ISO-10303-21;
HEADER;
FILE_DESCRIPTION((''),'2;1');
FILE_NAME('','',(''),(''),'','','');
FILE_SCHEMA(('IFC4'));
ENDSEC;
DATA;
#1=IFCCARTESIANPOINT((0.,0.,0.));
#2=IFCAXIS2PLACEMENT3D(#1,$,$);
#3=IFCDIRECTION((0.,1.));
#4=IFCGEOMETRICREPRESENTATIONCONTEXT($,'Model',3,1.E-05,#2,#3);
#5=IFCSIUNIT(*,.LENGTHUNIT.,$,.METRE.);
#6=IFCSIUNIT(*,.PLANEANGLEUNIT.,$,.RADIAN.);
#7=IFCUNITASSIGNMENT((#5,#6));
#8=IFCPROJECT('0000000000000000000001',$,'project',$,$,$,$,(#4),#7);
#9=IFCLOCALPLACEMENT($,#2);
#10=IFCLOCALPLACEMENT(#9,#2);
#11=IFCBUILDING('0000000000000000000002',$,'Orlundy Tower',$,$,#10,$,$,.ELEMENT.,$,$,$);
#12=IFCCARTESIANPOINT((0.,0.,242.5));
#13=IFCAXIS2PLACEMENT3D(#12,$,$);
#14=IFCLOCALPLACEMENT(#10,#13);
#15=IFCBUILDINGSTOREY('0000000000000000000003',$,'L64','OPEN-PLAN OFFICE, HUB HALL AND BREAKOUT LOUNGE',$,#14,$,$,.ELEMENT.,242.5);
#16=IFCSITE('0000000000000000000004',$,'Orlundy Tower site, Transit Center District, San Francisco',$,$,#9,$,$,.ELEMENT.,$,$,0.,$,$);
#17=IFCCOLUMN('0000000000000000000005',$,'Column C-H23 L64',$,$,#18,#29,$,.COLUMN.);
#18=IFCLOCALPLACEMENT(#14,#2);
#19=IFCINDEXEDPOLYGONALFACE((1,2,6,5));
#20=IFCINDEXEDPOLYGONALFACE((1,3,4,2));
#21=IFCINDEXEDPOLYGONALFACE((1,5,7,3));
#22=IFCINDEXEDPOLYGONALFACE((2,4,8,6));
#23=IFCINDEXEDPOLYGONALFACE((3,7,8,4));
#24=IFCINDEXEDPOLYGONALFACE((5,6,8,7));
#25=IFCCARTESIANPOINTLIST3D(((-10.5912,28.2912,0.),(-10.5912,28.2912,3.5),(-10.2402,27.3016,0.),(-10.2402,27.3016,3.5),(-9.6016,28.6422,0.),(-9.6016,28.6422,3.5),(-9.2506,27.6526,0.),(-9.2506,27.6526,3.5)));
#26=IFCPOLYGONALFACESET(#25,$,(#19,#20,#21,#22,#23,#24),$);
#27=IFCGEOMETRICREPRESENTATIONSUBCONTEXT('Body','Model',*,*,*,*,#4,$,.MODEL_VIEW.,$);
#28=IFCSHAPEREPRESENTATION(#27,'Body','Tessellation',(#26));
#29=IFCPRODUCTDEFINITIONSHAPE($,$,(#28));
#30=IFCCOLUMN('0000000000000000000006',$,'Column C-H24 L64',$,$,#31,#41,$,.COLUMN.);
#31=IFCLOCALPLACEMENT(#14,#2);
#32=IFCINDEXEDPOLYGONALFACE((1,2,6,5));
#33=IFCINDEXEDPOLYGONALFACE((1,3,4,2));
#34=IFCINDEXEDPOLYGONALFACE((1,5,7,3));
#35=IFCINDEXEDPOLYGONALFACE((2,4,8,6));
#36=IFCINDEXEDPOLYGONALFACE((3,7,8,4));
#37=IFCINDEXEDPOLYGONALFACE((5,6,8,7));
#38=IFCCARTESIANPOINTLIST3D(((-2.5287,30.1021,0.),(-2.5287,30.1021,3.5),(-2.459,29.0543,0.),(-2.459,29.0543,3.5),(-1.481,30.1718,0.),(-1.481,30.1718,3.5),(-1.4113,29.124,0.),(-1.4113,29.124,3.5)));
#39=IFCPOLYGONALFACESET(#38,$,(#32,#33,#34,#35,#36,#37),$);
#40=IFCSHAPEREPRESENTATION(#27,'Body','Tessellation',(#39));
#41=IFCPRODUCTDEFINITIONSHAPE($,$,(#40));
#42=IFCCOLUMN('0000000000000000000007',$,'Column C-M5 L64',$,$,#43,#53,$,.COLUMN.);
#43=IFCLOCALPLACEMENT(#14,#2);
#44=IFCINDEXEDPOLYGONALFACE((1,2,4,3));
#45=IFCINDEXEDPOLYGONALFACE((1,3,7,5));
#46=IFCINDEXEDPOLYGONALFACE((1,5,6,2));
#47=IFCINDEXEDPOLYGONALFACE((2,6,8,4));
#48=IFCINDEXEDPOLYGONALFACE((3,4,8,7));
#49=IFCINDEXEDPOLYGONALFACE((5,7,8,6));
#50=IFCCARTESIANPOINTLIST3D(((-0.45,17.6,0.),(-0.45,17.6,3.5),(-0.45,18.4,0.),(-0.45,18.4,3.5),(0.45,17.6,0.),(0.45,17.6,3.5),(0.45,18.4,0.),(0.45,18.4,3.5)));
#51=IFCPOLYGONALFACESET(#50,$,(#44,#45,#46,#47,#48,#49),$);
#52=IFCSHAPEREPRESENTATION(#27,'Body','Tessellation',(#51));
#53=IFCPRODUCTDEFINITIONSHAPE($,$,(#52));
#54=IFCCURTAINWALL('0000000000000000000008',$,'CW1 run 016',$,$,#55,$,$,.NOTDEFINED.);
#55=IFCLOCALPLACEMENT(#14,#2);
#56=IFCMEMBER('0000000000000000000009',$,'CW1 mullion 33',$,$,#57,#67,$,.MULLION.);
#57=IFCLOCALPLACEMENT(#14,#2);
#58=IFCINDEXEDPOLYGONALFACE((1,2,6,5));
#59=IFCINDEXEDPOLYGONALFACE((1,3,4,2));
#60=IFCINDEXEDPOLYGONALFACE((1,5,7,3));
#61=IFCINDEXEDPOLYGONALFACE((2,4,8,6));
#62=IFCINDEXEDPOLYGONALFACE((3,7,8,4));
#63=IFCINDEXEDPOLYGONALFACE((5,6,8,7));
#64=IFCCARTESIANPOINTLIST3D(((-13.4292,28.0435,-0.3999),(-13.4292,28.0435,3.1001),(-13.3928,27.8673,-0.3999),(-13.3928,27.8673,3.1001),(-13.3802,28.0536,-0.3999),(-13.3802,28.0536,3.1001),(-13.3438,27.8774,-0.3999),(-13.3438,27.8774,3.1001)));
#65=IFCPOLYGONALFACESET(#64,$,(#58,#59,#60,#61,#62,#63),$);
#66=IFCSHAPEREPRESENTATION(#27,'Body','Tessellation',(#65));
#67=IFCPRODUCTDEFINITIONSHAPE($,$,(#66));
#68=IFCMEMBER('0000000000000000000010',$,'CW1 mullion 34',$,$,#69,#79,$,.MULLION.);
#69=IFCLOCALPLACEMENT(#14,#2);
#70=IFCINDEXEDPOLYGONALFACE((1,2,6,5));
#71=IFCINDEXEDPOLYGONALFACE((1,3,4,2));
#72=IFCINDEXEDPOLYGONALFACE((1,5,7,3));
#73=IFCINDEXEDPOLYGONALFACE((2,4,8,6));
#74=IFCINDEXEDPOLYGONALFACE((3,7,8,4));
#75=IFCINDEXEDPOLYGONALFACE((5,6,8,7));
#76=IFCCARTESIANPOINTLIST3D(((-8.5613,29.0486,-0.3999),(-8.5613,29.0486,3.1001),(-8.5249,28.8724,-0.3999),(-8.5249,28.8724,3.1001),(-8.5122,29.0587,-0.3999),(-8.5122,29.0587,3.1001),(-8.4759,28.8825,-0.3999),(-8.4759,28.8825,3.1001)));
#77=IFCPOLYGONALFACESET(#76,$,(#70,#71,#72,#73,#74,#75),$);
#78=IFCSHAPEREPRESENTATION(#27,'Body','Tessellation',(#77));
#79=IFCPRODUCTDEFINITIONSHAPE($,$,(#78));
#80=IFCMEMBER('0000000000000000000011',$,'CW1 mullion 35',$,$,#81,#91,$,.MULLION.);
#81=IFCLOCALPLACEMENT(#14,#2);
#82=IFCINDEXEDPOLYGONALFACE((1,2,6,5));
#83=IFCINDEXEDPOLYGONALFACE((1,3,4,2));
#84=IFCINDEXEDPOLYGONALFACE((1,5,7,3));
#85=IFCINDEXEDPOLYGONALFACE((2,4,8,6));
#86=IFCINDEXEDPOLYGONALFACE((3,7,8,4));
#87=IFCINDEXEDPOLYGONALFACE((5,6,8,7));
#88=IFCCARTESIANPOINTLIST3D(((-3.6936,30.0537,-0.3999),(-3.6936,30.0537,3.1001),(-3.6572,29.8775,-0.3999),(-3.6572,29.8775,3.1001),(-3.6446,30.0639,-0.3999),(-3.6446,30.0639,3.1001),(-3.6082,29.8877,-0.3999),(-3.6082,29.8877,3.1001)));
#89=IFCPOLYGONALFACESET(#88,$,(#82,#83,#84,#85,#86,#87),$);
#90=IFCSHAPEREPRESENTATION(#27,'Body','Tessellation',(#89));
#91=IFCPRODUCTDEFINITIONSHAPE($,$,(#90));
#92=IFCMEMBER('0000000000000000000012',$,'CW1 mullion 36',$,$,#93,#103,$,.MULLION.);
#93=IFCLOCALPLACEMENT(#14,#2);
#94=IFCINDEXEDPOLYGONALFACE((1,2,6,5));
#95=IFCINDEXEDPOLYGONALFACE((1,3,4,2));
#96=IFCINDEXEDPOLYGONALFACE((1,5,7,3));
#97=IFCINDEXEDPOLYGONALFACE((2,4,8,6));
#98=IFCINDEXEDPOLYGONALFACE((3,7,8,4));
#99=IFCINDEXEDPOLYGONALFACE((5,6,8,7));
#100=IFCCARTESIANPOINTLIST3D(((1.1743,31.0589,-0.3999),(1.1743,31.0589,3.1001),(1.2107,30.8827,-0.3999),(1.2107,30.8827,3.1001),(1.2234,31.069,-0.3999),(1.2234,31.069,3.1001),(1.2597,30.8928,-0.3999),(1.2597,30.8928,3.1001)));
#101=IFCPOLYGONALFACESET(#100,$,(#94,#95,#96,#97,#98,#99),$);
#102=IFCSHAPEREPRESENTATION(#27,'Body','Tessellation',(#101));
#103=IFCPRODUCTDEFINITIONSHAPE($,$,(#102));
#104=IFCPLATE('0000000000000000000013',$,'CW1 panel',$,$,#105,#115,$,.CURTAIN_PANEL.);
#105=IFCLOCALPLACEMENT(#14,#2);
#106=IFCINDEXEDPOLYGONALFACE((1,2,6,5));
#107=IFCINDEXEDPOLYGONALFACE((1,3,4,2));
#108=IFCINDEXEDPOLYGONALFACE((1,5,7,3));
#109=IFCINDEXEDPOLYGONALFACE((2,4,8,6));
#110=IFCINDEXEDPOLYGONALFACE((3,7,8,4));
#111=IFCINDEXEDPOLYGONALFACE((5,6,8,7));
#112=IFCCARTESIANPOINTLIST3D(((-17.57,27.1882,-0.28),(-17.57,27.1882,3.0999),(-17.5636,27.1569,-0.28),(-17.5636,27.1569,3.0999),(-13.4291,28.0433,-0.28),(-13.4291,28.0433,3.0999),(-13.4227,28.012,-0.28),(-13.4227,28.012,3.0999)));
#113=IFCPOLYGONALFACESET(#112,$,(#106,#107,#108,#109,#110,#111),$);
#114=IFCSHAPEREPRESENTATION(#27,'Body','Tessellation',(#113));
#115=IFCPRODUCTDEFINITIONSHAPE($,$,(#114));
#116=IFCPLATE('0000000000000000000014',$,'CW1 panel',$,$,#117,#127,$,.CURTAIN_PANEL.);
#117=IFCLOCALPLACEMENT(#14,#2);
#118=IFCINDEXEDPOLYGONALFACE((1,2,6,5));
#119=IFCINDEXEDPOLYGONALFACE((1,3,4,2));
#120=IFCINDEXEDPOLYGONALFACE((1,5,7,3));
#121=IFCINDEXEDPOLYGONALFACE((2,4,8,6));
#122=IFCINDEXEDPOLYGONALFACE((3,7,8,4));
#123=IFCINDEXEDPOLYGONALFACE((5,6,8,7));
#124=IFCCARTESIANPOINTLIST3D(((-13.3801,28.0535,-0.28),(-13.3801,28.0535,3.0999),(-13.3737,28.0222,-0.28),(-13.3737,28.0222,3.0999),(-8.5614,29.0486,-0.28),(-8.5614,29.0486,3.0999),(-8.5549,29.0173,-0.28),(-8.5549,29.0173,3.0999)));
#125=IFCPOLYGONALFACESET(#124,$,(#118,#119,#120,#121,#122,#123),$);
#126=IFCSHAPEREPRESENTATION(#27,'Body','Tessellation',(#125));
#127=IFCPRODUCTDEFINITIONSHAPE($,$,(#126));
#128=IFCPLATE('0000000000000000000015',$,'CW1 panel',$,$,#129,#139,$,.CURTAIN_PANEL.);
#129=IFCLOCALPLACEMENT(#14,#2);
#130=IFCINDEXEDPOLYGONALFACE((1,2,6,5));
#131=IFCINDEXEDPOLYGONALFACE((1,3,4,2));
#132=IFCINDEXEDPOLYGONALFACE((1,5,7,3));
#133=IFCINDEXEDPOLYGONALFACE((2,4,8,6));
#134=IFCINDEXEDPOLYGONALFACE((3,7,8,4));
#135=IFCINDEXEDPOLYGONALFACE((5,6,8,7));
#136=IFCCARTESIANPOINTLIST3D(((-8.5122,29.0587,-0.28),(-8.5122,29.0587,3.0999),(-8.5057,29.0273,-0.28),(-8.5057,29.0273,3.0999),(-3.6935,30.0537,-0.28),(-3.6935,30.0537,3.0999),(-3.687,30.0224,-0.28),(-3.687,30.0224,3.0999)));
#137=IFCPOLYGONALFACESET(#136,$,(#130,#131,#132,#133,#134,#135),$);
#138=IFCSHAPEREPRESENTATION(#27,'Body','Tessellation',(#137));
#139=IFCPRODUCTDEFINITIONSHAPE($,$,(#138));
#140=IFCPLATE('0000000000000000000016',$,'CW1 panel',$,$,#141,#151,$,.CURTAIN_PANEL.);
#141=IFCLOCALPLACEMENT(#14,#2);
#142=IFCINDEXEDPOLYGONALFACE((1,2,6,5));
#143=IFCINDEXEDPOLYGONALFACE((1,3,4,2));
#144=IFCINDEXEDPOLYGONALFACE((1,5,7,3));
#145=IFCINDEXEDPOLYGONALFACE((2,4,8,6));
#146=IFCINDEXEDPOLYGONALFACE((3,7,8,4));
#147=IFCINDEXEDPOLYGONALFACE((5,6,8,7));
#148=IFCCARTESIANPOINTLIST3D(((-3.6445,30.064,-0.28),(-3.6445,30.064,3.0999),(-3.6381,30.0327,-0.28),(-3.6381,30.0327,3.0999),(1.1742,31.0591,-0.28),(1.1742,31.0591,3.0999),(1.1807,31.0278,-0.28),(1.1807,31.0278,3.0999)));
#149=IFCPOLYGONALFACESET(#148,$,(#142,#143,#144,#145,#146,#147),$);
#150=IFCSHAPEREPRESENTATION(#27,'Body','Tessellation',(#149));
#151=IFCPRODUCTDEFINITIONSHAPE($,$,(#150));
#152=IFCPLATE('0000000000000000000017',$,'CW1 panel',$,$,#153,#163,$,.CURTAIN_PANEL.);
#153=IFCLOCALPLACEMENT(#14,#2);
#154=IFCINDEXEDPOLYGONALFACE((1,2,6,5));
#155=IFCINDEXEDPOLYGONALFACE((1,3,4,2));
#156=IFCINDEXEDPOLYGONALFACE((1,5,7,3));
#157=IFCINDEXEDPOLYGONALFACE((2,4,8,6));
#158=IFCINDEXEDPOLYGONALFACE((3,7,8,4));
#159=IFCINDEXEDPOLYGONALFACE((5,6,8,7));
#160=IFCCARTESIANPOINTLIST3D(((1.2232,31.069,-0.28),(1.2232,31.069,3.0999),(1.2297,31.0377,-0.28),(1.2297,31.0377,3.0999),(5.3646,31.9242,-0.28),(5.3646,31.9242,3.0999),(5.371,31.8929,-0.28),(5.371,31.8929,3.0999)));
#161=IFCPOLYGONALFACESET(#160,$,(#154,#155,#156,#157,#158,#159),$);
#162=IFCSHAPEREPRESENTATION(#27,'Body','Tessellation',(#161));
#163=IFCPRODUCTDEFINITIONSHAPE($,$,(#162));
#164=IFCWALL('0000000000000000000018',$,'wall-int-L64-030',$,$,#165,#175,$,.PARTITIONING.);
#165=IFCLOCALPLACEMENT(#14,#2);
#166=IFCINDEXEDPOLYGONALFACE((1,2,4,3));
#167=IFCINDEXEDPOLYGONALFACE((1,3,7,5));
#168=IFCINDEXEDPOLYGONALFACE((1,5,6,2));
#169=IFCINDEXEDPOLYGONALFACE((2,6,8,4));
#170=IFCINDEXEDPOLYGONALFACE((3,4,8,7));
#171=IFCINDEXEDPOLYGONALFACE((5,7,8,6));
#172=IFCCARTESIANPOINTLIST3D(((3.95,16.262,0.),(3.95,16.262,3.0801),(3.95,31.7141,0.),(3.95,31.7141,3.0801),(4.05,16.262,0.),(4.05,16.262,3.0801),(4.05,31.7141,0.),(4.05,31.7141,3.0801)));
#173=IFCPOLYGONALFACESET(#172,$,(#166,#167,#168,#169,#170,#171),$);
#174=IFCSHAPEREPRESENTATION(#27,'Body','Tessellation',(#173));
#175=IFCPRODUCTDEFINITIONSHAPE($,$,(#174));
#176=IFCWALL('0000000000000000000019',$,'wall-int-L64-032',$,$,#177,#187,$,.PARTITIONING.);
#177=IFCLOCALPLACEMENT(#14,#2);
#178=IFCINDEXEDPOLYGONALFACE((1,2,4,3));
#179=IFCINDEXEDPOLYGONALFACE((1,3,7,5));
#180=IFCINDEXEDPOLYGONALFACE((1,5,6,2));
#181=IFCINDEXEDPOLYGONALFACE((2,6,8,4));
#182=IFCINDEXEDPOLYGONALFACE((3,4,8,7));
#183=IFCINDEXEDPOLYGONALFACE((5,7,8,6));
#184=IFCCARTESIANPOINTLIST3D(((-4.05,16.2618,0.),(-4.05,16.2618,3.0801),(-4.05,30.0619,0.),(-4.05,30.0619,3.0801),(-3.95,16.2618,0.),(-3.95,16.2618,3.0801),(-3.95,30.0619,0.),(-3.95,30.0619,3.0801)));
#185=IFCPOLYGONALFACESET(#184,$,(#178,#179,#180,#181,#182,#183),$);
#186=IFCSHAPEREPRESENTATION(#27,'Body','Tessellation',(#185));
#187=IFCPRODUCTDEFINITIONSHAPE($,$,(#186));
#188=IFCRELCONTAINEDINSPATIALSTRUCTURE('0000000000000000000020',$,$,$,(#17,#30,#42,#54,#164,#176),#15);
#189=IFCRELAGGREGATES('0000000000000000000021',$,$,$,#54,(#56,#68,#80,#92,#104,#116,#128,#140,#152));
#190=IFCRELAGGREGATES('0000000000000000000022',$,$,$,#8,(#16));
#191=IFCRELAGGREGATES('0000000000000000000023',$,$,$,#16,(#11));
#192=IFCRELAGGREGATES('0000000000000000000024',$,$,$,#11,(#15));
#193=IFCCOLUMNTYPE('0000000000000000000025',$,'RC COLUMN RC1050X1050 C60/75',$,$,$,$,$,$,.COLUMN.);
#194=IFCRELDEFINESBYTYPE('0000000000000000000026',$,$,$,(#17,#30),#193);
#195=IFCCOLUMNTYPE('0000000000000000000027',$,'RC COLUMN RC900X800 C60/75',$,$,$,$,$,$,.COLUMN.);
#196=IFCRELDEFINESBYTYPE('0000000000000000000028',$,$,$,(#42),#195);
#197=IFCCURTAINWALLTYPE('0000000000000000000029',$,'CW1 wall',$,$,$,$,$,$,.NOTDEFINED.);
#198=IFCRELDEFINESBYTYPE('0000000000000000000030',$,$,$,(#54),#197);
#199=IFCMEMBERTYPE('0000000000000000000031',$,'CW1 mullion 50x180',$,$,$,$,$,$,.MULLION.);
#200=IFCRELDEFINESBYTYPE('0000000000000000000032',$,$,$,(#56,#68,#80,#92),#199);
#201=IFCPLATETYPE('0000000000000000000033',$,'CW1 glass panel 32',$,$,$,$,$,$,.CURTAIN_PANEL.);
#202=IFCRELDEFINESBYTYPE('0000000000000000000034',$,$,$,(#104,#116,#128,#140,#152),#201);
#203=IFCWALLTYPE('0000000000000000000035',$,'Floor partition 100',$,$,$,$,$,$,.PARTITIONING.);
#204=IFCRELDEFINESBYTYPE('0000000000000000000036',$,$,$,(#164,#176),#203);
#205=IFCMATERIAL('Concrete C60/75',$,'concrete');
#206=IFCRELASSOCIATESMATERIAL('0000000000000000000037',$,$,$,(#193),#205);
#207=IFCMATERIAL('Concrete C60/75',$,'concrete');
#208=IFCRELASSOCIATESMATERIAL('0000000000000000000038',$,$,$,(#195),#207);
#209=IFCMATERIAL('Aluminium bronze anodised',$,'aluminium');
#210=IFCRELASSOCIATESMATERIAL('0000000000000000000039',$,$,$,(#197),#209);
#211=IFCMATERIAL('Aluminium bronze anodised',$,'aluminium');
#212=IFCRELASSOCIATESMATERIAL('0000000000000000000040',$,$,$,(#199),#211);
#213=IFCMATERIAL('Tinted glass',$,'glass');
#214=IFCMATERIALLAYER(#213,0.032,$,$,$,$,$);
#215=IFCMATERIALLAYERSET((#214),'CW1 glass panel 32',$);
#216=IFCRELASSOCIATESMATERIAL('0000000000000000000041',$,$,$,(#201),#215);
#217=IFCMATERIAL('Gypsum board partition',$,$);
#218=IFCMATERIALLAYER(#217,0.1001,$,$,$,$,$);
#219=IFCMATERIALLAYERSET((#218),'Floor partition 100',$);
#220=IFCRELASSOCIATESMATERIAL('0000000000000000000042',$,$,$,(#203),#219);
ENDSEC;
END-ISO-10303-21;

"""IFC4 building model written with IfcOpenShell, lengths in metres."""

from ifc_helpers import new_model, si_unit, direction, frame, frame_2d, origin, origin_2d, place, context, subcontext, project, spatial, rectangle, extrude, material, layer, layer_set, material_profile, profile_set, type_object, element, aggregate, save


model = new_model("IFC4")

# Units and contexts
model_context = context("Model", 3, precision=1e-05, world=origin(), true_north=direction((0.0, 1.0)))
body_context = subcontext(model_context, "Body", "Model", "MODEL_VIEW")
ifc_project = project(units=[si_unit("LENGTHUNIT", "METRE"), si_unit("PLANEANGLEUNIT", "RADIAN")], contexts=[model_context])

# Site, building, storey
site_placement = place(None, origin())
site = spatial("IfcSite", under=ifc_project, at=site_placement, Name="Orlundy Tower site, Transit Center District, San Francisco", CompositionType="ELEMENT", RefElevation=0.0)
building_placement = place(site_placement, origin())
building = spatial("IfcBuilding", under=site, at=building_placement, Name="Orlundy Tower", CompositionType="ELEMENT")
storey_placement = place(building_placement, frame((0.0, 0.0, 242.5)))
storey = spatial("IfcBuildingStorey", under=building, at=storey_placement, Name="L64", Description="OPEN-PLAN OFFICE, HUB HALL AND BREAKOUT LOUNGE", CompositionType="ELEMENT", Elevation=242.5)

# Columns
ifc_material_1 = material(Name="Concrete C60/75", Category="concrete")
ifc_material_profile_1 = material_profile(ifc_material_1, rectangle(XDim=1.05, YDim=1.05, at=origin_2d()), Name="RC1050X1050")
ifc_profile_set_1 = profile_set([ifc_material_profile_1], Name="Concrete C60/75")
column_type_1 = type_object("IfcColumnType", Name="RC COLUMN RC1050X1050 C60/75", PredefinedType="COLUMN", material=ifc_profile_set_1)
for number, where, z_axis, x_axis, name in (
    (1, (-9.9209, 27.9719, 0.0), (0.0, 0.0, 1.0), (-0.334267, 0.942478, 0.0), "Column C-H23 L64"),
    (2, (-1.97, 29.613, 0.0), (0.0, 0.0, 1.0), (-0.066378, 0.997795, 0.0), "Column C-H24 L64"),
):
    element("IfcColumn", number, at=place(storey_placement, frame(where, z_axis=z_axis, x_axis=x_axis)), inside=storey, type_object=column_type_1, Name=name, PredefinedType="COLUMN", context=body_context, shape_type="SweptSolid", body=[
        extrude(rectangle(XDim=1.05, YDim=1.05, at=origin_2d()), origin(), (0.0, 0.0, 1.0), 3.5),
    ])
ifc_material_2 = material(Name="Concrete C60/75", Category="concrete")
ifc_material_profile_2 = material_profile(ifc_material_2, rectangle(XDim=0.8999, YDim=0.8, at=origin_2d()), Name="RC900X800")
ifc_profile_set_2 = profile_set([ifc_material_profile_2], Name="Concrete C60/75")
column_type_2 = type_object("IfcColumnType", Name="RC COLUMN RC900X800 C60/75", PredefinedType="COLUMN", material=ifc_profile_set_2)
column_placement = place(storey_placement, frame((0.0, 18.0, 0.0), z_axis=(0.0, 0.0, 1.0), x_axis=(1.0, 0.0, 0.0)))
element("IfcColumn", 3, at=column_placement, inside=storey, type_object=column_type_2, Name="Column C-M5 L64", PredefinedType="COLUMN", context=body_context, shape_type="SweptSolid", body=[
    extrude(rectangle(XDim=0.8999, YDim=0.8, at=origin_2d()), origin(), (0.0, 0.0, 1.0), 3.5),
])

# Curtain wall, members, plates
ifc_material_3 = material(Name="Aluminium bronze anodised", Category="aluminium")
curtain_wall_type = type_object("IfcCurtainWallType", Name="CW1 wall", PredefinedType="NOTDEFINED", material=ifc_material_3)
curtain_wall_placement = place(storey_placement, origin())
curtain_wall = element("IfcCurtainWall", 4, at=curtain_wall_placement, inside=storey, type_object=curtain_wall_type, Name="CW1 run 016", PredefinedType="NOTDEFINED")
ifc_material_4 = material(Name="Aluminium bronze anodised", Category="aluminium")
ifc_material_profile_3 = material_profile(ifc_material_4, rectangle(XDim=0.1799, YDim=0.05, at=origin_2d()), Name="CW1 mullion 50x180")
ifc_profile_set_3 = profile_set([ifc_material_profile_3], Name="Aluminium bronze anodised")
member_type = type_object("IfcMemberType", Name="CW1 mullion 50x180", PredefinedType="MULLION", material=ifc_profile_set_3)
member_1_placement = place(storey_placement, frame((-13.3865, 27.9604, -0.3999), z_axis=(0.0, 0.0, 1.0), x_axis=(-0.202233, 0.979337, 0.0)))
member_1 = element("IfcMember", 5, at=member_1_placement, type_object=member_type, Name="CW1 mullion 33", PredefinedType="MULLION", context=body_context, shape_type="SweptSolid", body=[
    extrude(rectangle(XDim=0.1799, YDim=0.05, at=origin_2d()), origin(), (0.0, 0.0, 1.0), 3.5),
])
member_2_placement = place(storey_placement, frame((-8.5186, 28.9656, -0.3999), z_axis=(0.0, 0.0, 1.0), x_axis=(-0.202233, 0.979337, 0.0)))
member_2 = element("IfcMember", 6, at=member_2_placement, type_object=member_type, Name="CW1 mullion 34", PredefinedType="MULLION", context=body_context, shape_type="SweptSolid", body=[
    extrude(rectangle(XDim=0.1799, YDim=0.05, at=origin_2d()), origin(), (0.0, 0.0, 1.0), 3.5),
])
member_3_placement = place(storey_placement, frame((-3.6509, 29.9707, -0.3999), z_axis=(0.0, 0.0, 1.0), x_axis=(-0.202233, 0.979337, 0.0)))
member_3 = element("IfcMember", 7, at=member_3_placement, type_object=member_type, Name="CW1 mullion 35", PredefinedType="MULLION", context=body_context, shape_type="SweptSolid", body=[
    extrude(rectangle(XDim=0.1799, YDim=0.05, at=origin_2d()), origin(), (0.0, 0.0, 1.0), 3.5),
])
member_4_placement = place(storey_placement, frame((1.217, 30.9758, -0.3999), z_axis=(0.0, 0.0, 1.0), x_axis=(-0.202233, 0.979337, 0.0)))
member_4 = element("IfcMember", 8, at=member_4_placement, type_object=member_type, Name="CW1 mullion 36", PredefinedType="MULLION", context=body_context, shape_type="SweptSolid", body=[
    extrude(rectangle(XDim=0.1799, YDim=0.05, at=origin_2d()), origin(), (0.0, 0.0, 1.0), 3.5),
])
ifc_material_5 = material(Name="Tinted glass", Category="glass")
ifc_layer_1 = layer(ifc_material_5, 0.032)
ifc_layer_set_1 = layer_set([ifc_layer_1], Name="CW1 glass panel 32")
plate_type = type_object("IfcPlateType", Name="CW1 glass panel 32", PredefinedType="CURTAIN_PANEL", material=ifc_layer_set_1)
plate_1_placement = place(storey_placement, frame((-15.4963, 27.6001, -0.28), z_axis=(0.0, 0.0, 1.0), x_axis=(0.979337, 0.202233, 0.0)))
plate_1 = element("IfcPlate", 9, at=plate_1_placement, type_object=plate_type, Name="CW1 panel", PredefinedType="CURTAIN_PANEL", context=body_context, shape_type="SweptSolid", body=[
    extrude(rectangle(XDim=4.2283, YDim=0.032, at=origin_2d()), origin(), (0.0, 0.0, 1.0), 3.3799),
])
plate_2_placement = place(storey_placement, frame((-10.9675, 28.5354, -0.28), z_axis=(0.0, 0.0, 1.0), x_axis=(0.979337, 0.202233, 0.0)))
plate_2 = element("IfcPlate", 10, at=plate_2_placement, type_object=plate_type, Name="CW1 panel", PredefinedType="CURTAIN_PANEL", context=body_context, shape_type="SweptSolid", body=[
    extrude(rectangle(XDim=4.9204, YDim=0.032, at=origin_2d()), origin(), (0.0, 0.0, 1.0), 3.3799),
])
plate_3_placement = place(storey_placement, frame((-6.0996, 29.5405, -0.28), z_axis=(0.0, 0.0, 1.0), x_axis=(0.979337, 0.202233, 0.0)))
plate_3 = element("IfcPlate", 11, at=plate_3_placement, type_object=plate_type, Name="CW1 panel", PredefinedType="CURTAIN_PANEL", context=body_context, shape_type="SweptSolid", body=[
    extrude(rectangle(XDim=4.9204, YDim=0.032, at=origin_2d()), origin(), (0.0, 0.0, 1.0), 3.3799),
])
plate_4_placement = place(storey_placement, frame((-1.2319, 30.5459, -0.28), z_axis=(0.0, 0.0, 1.0), x_axis=(0.979337, 0.202233, 0.0)))
plate_4 = element("IfcPlate", 12, at=plate_4_placement, type_object=plate_type, Name="CW1 panel", PredefinedType="CURTAIN_PANEL", context=body_context, shape_type="SweptSolid", body=[
    extrude(rectangle(XDim=4.9204, YDim=0.032, at=origin_2d()), origin(), (0.0, 0.0, 1.0), 3.3799),
])
plate_5_placement = place(storey_placement, frame((3.2971, 31.481, -0.28), z_axis=(0.0, 0.0, 1.0), x_axis=(0.979337, 0.202233, 0.0)))
plate_5 = element("IfcPlate", 13, at=plate_5_placement, type_object=plate_type, Name="CW1 panel", PredefinedType="CURTAIN_PANEL", context=body_context, shape_type="SweptSolid", body=[
    extrude(rectangle(XDim=4.2288, YDim=0.032, at=origin_2d()), origin(), (0.0, 0.0, 1.0), 3.3799),
])
aggregate(curtain_wall, [member_1, member_2, member_3, member_4, plate_1, plate_2, plate_3, plate_4, plate_5])

# Walls
ifc_material_6 = material(Name="Gypsum board partition")
ifc_layer_2 = layer(ifc_material_6, 0.1001)
ifc_layer_set_2 = layer_set([ifc_layer_2], Name="Floor partition 100")
wall_type_1 = type_object("IfcWallType", Name="Floor partition 100", PredefinedType="PARTITIONING", material=ifc_layer_set_2)
wall_1_placement = place(storey_placement, frame((4.0, 16.262, 0.0), z_axis=(0.0, 0.0, 1.0), x_axis=(0.0, 1.0, 0.0)))
element("IfcWall", 14, at=wall_1_placement, inside=storey, type_object=wall_type_1, Name="wall-int-L64-030", PredefinedType="PARTITIONING", context=body_context, shape_type="SweptSolid", body=[
    extrude(rectangle(XDim=15.4521, YDim=0.1001, at=frame_2d((7.7261, 0.0))), origin(), (0.0, 0.0, 1.0), 3.0801),
])
wall_2_placement = place(storey_placement, frame((-4.0, 16.262, 0.0), z_axis=(0.0, 0.0, 1.0), x_axis=(0.0, 1.0, 0.0)))
element("IfcWall", 15, at=wall_2_placement, inside=storey, type_object=wall_type_1, Name="wall-int-L64-032", PredefinedType="PARTITIONING", context=body_context, shape_type="SweptSolid", body=[
    extrude(rectangle(XDim=13.8, YDim=0.1001, at=frame_2d((6.8999, 0.0))), origin(), (0.0, 0.0, 1.0), 3.0801),
])

save(model, "model.ifc")
